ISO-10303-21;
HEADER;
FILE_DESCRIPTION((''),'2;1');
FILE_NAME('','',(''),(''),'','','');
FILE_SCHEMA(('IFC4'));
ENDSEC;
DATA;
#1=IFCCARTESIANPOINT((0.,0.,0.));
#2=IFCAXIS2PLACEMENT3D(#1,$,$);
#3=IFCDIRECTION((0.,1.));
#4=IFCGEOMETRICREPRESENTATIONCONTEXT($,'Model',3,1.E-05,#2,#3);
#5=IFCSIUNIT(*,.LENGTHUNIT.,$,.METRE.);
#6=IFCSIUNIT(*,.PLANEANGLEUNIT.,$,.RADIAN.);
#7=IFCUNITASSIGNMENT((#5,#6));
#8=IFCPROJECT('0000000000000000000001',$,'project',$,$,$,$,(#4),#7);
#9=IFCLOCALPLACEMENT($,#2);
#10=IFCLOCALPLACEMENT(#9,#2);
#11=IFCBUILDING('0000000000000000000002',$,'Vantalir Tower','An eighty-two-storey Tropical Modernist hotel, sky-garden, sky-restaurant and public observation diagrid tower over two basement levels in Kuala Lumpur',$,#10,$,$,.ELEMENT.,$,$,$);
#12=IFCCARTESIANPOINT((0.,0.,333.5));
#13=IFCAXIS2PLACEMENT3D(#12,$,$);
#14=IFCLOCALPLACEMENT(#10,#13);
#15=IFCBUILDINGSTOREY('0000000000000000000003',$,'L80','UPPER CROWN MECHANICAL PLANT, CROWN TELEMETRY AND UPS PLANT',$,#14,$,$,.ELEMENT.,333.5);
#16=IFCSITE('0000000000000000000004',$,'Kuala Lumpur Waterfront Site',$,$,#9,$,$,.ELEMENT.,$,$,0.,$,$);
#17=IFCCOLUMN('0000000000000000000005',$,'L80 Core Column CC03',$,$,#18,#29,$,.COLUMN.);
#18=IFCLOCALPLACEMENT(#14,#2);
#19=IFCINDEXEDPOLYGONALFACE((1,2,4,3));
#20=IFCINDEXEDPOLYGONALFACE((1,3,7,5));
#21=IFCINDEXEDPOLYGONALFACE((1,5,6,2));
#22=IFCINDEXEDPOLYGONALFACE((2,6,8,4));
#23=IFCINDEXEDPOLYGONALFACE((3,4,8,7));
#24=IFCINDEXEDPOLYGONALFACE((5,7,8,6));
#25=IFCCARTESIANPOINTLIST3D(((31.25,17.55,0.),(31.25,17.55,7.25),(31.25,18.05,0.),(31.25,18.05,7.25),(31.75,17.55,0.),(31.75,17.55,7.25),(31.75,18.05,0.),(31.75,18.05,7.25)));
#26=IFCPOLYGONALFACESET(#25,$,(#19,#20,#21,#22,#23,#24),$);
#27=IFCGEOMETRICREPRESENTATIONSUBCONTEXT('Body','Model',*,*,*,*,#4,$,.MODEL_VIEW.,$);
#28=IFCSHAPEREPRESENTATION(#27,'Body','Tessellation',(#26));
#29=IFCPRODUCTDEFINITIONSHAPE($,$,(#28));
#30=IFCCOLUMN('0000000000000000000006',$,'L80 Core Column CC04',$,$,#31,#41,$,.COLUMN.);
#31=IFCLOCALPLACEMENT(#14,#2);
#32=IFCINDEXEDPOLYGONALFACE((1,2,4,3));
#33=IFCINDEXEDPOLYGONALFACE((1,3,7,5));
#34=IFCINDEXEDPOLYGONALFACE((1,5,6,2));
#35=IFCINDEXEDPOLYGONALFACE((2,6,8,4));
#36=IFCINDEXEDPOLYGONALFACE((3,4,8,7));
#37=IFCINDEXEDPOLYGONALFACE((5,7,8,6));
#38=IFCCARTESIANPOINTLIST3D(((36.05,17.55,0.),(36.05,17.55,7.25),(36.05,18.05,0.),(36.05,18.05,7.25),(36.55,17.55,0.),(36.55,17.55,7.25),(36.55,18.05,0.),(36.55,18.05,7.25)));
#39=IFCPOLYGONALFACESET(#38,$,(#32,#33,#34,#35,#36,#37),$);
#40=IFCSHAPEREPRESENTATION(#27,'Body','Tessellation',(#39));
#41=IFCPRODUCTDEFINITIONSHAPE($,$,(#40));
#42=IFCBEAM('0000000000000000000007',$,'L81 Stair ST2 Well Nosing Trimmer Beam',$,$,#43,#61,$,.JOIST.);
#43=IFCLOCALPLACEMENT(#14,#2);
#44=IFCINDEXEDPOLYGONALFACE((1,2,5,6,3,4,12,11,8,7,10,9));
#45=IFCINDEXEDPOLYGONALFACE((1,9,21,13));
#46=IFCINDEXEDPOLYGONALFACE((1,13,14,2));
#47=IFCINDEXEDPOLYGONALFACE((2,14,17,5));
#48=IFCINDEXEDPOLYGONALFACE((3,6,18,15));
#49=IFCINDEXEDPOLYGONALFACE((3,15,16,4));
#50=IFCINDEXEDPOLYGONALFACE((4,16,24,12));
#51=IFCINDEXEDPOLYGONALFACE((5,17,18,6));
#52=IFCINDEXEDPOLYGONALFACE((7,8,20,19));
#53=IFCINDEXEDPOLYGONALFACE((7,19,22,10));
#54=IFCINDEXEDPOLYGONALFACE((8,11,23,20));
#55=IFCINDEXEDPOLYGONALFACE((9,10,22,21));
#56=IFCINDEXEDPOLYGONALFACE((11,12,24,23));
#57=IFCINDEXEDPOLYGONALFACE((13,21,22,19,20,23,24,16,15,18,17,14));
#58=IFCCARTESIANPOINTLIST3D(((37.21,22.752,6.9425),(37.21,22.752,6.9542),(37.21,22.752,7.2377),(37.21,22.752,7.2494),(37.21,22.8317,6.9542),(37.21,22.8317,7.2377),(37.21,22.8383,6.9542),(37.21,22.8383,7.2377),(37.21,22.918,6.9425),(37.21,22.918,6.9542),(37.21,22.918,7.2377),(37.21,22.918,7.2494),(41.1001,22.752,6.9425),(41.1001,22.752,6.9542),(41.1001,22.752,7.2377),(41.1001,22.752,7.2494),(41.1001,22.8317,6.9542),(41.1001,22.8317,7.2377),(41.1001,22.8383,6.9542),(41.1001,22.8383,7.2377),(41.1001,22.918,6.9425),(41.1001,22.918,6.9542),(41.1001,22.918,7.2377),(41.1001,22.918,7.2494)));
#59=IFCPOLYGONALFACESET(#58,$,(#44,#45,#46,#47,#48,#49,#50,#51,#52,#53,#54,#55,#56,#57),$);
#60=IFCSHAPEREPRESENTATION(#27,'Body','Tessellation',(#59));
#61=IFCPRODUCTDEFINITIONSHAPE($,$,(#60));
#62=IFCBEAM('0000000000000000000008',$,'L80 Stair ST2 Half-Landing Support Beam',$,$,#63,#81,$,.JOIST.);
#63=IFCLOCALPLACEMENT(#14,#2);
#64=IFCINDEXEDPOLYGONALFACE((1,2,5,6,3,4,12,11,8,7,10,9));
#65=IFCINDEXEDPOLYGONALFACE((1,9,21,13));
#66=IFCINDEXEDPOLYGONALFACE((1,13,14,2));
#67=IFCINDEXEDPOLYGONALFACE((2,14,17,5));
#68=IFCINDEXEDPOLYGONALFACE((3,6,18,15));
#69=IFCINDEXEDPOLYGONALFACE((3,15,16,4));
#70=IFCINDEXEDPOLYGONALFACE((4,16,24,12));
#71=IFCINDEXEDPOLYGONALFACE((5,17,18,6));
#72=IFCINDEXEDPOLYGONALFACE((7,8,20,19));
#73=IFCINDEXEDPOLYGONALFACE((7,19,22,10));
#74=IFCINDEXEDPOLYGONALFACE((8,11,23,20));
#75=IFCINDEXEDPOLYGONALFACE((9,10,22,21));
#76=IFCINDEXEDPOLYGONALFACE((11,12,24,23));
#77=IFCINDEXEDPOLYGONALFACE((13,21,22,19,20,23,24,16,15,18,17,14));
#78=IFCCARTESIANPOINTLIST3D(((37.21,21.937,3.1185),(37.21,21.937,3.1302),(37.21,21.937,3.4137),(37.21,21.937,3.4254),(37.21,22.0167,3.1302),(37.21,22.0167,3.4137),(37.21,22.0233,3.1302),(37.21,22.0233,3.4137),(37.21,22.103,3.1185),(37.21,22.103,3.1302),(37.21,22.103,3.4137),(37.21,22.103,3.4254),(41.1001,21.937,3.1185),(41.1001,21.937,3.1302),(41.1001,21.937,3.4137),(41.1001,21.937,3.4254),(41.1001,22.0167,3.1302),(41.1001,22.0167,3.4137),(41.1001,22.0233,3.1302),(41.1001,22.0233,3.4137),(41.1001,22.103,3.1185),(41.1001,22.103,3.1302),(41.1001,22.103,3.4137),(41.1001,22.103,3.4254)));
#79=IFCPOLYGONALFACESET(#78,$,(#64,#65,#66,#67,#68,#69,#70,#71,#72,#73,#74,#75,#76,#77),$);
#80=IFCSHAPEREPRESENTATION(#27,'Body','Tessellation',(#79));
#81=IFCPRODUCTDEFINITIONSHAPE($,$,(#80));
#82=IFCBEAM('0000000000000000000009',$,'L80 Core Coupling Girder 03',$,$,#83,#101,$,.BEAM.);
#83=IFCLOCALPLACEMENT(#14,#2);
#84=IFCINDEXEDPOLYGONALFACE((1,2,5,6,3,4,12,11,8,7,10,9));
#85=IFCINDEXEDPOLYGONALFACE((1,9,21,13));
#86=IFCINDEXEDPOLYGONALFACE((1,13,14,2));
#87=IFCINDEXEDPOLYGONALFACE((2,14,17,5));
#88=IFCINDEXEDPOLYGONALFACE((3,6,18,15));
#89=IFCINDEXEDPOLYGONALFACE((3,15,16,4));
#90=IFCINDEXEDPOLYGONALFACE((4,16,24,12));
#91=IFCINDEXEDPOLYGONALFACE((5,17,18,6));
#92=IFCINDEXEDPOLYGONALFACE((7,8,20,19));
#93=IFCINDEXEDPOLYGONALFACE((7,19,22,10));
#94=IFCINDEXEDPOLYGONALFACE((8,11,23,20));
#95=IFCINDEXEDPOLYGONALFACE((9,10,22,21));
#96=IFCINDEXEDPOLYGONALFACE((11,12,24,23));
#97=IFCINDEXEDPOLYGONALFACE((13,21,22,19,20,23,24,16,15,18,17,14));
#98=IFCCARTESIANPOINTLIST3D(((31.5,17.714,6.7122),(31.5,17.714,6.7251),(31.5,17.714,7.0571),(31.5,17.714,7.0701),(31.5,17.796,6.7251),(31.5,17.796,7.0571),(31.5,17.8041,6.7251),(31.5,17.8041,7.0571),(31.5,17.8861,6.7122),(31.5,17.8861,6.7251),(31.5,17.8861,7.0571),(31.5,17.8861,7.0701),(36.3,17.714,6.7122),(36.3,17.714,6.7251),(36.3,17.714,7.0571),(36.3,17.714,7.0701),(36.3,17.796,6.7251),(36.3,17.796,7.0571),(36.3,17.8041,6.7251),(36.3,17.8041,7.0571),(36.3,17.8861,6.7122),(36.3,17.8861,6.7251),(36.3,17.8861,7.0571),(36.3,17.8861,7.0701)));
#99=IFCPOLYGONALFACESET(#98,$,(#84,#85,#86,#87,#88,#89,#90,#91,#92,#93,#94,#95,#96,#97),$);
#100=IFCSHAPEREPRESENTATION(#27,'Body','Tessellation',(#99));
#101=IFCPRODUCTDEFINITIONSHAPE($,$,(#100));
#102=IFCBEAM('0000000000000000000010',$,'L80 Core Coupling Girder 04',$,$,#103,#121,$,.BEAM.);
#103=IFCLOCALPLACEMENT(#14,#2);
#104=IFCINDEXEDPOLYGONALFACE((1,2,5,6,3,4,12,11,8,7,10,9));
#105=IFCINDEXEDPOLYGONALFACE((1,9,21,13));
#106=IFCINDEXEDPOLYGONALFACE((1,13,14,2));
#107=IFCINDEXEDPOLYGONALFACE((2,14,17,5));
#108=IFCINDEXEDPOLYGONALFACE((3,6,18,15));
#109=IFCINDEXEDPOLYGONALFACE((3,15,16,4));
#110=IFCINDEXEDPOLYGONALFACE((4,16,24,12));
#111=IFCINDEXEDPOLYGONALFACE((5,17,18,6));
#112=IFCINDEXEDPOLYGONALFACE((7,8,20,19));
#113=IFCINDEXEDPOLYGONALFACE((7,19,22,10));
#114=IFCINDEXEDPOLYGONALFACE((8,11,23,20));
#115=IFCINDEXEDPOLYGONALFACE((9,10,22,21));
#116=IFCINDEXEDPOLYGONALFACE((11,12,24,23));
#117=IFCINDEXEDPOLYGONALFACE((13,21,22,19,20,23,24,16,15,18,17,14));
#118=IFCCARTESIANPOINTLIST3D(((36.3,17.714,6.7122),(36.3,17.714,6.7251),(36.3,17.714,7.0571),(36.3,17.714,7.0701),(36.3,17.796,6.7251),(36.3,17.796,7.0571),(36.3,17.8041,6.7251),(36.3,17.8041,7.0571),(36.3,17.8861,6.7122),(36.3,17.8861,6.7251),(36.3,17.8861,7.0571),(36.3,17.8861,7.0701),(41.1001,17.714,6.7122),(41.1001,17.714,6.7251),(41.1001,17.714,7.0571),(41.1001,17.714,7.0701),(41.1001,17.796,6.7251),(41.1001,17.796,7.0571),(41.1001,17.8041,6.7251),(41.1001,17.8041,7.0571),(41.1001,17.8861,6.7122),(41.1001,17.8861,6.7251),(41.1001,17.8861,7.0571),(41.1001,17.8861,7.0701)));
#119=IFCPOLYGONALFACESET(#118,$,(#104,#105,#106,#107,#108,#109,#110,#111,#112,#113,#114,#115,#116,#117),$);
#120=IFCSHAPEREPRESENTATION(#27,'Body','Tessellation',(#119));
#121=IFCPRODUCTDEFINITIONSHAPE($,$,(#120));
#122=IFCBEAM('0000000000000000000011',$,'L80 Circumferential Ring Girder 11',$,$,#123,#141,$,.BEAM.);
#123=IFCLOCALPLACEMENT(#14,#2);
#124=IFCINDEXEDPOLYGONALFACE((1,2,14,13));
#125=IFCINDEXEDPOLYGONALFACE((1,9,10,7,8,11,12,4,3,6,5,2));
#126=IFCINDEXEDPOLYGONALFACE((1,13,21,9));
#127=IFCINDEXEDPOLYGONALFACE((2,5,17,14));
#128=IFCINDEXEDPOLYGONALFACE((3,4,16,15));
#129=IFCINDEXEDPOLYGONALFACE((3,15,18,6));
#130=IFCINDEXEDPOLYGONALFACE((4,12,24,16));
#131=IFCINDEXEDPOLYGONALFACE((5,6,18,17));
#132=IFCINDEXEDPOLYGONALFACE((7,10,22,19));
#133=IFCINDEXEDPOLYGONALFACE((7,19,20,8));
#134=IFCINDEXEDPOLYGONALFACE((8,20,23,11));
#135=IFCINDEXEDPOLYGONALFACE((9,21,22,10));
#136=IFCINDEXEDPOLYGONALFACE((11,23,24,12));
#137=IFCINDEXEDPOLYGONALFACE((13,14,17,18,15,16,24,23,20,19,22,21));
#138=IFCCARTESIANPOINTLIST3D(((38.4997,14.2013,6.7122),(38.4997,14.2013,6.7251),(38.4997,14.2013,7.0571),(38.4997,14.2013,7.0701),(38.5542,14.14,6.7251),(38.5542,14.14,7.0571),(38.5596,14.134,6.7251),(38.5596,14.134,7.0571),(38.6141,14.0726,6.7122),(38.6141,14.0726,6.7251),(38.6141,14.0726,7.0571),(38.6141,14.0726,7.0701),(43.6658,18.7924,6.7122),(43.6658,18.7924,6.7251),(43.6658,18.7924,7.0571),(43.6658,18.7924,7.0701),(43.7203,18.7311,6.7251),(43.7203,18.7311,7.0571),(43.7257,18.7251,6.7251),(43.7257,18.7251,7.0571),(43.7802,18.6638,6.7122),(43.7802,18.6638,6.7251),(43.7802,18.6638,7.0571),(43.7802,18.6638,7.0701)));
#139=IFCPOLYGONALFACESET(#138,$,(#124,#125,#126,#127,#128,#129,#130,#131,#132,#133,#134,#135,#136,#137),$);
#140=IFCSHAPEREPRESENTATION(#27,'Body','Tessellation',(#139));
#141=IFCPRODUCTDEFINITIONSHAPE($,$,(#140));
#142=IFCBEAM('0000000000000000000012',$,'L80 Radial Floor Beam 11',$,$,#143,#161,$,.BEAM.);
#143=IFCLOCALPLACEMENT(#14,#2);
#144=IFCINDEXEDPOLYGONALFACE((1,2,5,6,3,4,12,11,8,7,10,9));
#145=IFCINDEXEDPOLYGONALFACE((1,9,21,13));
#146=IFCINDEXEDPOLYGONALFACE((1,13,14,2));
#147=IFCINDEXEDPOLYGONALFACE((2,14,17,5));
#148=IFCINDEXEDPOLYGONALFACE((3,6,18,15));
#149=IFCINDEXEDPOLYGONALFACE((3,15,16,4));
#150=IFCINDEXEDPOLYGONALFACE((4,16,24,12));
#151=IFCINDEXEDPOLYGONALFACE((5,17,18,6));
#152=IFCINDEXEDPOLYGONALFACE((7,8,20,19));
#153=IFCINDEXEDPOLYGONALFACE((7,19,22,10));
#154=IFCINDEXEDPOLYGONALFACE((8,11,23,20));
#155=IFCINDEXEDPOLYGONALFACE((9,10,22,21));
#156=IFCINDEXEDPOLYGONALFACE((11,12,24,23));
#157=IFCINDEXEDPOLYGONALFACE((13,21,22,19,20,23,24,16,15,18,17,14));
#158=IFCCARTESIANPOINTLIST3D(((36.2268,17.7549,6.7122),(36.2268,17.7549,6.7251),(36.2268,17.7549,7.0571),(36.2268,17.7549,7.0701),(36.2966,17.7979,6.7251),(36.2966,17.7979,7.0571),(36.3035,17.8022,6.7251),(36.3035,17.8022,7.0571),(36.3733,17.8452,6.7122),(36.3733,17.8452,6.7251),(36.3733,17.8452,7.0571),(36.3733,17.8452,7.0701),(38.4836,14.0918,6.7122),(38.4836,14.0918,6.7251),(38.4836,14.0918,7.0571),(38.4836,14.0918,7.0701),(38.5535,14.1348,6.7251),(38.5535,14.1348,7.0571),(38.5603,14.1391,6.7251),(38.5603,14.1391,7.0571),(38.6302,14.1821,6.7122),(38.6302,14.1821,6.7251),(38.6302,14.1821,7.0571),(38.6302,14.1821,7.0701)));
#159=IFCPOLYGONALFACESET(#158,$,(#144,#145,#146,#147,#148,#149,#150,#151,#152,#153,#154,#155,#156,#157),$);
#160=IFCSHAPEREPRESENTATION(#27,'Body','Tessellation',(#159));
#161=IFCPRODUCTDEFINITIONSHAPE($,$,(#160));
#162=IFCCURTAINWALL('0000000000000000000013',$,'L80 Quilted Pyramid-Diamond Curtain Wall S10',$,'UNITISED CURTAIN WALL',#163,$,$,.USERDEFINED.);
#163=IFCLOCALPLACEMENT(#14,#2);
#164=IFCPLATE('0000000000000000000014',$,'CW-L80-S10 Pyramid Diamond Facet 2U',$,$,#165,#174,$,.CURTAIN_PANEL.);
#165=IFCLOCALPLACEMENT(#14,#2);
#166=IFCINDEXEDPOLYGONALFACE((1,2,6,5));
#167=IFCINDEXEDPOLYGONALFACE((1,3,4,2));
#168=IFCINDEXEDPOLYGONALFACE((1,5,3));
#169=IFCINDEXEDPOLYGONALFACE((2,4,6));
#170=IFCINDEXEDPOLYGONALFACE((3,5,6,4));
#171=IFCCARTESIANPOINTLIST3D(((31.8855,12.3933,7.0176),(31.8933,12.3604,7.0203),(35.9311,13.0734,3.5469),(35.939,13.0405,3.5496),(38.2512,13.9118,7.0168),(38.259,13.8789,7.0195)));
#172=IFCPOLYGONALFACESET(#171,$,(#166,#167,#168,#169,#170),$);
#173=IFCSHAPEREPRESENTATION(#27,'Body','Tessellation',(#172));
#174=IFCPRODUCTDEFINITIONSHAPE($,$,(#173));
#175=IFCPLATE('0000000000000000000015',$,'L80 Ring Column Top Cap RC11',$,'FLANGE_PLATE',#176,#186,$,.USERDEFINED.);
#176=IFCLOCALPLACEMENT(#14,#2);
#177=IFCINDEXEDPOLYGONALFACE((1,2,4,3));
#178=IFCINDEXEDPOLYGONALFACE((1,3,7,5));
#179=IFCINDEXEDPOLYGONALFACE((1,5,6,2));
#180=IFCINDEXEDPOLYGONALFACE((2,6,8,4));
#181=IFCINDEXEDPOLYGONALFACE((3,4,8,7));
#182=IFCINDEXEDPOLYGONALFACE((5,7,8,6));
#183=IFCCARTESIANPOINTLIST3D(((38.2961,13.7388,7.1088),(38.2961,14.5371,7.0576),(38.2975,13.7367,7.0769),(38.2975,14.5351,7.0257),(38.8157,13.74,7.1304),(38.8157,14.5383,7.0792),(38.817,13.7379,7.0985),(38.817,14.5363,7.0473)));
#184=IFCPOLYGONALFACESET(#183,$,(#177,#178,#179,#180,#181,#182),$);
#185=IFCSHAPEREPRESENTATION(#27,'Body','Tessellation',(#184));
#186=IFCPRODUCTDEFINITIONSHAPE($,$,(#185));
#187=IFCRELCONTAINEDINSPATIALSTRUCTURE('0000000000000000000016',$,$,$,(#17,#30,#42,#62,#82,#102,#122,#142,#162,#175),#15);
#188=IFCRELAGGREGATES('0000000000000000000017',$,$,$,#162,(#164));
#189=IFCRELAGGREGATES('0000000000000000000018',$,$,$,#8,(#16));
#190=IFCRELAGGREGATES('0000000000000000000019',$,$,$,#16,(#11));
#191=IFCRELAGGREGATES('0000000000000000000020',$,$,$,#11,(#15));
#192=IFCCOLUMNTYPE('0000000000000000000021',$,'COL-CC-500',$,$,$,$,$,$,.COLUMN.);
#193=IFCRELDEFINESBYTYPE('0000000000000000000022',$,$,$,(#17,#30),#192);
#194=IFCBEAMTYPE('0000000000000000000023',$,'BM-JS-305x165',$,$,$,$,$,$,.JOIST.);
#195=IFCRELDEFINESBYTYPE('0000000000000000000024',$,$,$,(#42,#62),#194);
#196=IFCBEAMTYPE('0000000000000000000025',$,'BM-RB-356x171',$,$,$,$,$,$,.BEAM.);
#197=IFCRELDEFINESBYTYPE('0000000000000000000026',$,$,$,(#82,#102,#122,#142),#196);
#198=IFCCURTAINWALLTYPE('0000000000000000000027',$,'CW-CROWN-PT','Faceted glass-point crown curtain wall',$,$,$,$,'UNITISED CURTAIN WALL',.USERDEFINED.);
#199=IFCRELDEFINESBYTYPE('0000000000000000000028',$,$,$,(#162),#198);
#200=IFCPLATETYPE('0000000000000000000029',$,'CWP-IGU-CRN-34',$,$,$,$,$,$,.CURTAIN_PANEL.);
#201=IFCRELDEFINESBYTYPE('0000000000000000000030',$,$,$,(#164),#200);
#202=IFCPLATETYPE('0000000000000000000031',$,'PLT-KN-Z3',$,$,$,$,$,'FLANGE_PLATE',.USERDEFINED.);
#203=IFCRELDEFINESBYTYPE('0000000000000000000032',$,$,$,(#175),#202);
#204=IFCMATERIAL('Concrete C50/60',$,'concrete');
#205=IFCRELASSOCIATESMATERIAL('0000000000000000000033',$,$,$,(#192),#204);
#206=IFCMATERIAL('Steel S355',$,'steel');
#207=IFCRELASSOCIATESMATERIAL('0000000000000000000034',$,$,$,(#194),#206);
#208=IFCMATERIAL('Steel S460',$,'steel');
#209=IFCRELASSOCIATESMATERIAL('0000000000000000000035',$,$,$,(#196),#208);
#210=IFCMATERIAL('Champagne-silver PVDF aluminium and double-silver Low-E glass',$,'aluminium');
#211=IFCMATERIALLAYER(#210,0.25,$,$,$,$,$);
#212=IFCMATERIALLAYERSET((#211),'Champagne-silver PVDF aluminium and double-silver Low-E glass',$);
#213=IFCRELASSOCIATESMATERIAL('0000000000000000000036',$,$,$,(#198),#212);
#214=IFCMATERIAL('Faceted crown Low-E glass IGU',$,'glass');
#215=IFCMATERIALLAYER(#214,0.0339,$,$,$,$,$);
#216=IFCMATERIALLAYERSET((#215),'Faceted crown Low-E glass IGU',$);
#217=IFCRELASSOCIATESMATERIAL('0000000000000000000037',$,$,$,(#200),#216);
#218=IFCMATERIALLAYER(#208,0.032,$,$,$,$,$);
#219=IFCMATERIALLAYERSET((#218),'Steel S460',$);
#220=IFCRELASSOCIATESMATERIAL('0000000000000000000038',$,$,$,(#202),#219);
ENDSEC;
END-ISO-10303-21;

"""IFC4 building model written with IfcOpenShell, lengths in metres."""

from ifc_helpers import new_model, si_unit, direction, frame, origin, origin_2d, place, context, subcontext, project, spatial, polyline, rectangle, i_section, outline, extrude, material, layer, layer_set, material_profile, profile_set, type_object, element, aggregate, save


model = new_model("IFC4")

# Units and contexts
model_context = context("Model", 3, precision=1e-05, world=origin(), true_north=direction((0.0, 1.0)))
body_context = subcontext(model_context, "Body", "Model", "MODEL_VIEW")
ifc_project = project(units=[si_unit("LENGTHUNIT", "METRE"), si_unit("PLANEANGLEUNIT", "RADIAN")], contexts=[model_context])

# Site, building, storey
site_placement = place(None, origin())
site = spatial("IfcSite", under=ifc_project, at=site_placement, Name="Kuala Lumpur Waterfront Site", CompositionType="ELEMENT", RefElevation=0.0)
building_placement = place(site_placement, origin())
building = spatial("IfcBuilding", under=site, at=building_placement, Name="Vantalir Tower", Description="An eighty-two-storey Tropical Modernist hotel, sky-garden, sky-restaurant and public observation diagrid tower over two basement levels in Kuala Lumpur", CompositionType="ELEMENT")
storey_placement = place(building_placement, frame((0.0, 0.0, 333.5)))
storey = spatial("IfcBuildingStorey", under=building, at=storey_placement, Name="L80", Description="UPPER CROWN MECHANICAL PLANT, CROWN TELEMETRY AND UPS PLANT", CompositionType="ELEMENT", Elevation=333.5)

# Columns
ifc_material_1 = material(Name="Concrete C50/60", Category="concrete")
ifc_material_profile_1 = material_profile(ifc_material_1, rectangle(XDim=0.5, YDim=0.5, at=origin_2d()), Name="Concrete C50/60")
ifc_profile_set_1 = profile_set([ifc_material_profile_1], Name="Concrete C50/60")
column_type = type_object("IfcColumnType", Name="COL-CC-500", PredefinedType="COLUMN", material=ifc_profile_set_1)
for number, where, z_axis, x_axis, name in (
    (1, (31.5, 17.8, 0.0), (0.0, 0.0, 1.0), (1.0, 0.0, 0.0), "L80 Core Column CC03"),
    (2, (36.3, 17.8, 0.0), (0.0, 0.0, 1.0), (1.0, 0.0, 0.0), "L80 Core Column CC04"),
):
    element("IfcColumn", number, at=place(storey_placement, frame(where, z_axis=z_axis, x_axis=x_axis)), inside=storey, type_object=column_type, Name=name, PredefinedType="COLUMN", context=body_context, shape_type="SweptSolid", body=[
        extrude(rectangle(XDim=0.5, YDim=0.5, at=origin_2d()), origin(), (0.0, 0.0, 1.0), 7.25),
    ])

# Beams
ifc_material_2 = material(Name="Steel S355", Category="steel")
ifc_material_profile_2 = material_profile(ifc_material_2, i_section(OverallWidth=0.166, OverallDepth=0.3069, WebThickness=0.0066, FlangeThickness=0.0117, at=origin_2d()), Name="Steel S355")
ifc_profile_set_2 = profile_set([ifc_material_profile_2], Name="Steel S355")
beam_type_1 = type_object("IfcBeamType", Name="BM-JS-305x165", PredefinedType="JOIST", material=ifc_profile_set_2)
for number, where, z_axis, x_axis, name in (
    (3, (37.21, 22.835, 7.0959), (1.0, 0.0, 0.0), (0.0, 1.0, 0.0), "L81 Stair ST2 Well Nosing Trimmer Beam"),
    (4, (37.21, 22.02, 3.272), (1.0, 0.0, 0.0), (0.0, 1.0, 0.0), "L80 Stair ST2 Half-Landing Support Beam"),
):
    element("IfcBeam", number, at=place(storey_placement, frame(where, z_axis=z_axis, x_axis=x_axis)), inside=storey, type_object=beam_type_1, Name=name, PredefinedType="JOIST", context=body_context, shape_type="SweptSolid", body=[
        extrude(i_section(OverallWidth=0.166, OverallDepth=0.3069, WebThickness=0.0066, FlangeThickness=0.0117, at=origin_2d()), origin(), (0.0, 0.0, 1.0), 3.8901),
    ])
ifc_material_3 = material(Name="Steel S460", Category="steel")
ifc_material_profile_3 = material_profile(ifc_material_3, i_section(OverallWidth=0.1721, OverallDepth=0.3579, WebThickness=0.0081, FlangeThickness=0.0129, at=origin_2d()), Name="Steel S460")
ifc_profile_set_3 = profile_set([ifc_material_profile_3], Name="Steel S460")
beam_type_2 = type_object("IfcBeamType", Name="BM-RB-356x171", PredefinedType="BEAM", material=ifc_profile_set_3)
for number, where, z_axis, x_axis, name in (
    (5, (31.5, 17.8, 6.8911), (1.0, 0.0, 0.0), (0.0, 1.0, 0.0), "L80 Core Coupling Girder 03"),
    (6, (36.3, 17.8, 6.8911), (1.0, 0.0, 0.0), (0.0, 1.0, 0.0), "L80 Core Coupling Girder 04"),
):
    element("IfcBeam", number, at=place(storey_placement, frame(where, z_axis=z_axis, x_axis=x_axis)), inside=storey, type_object=beam_type_2, Name=name, PredefinedType="BEAM", context=body_context, shape_type="SweptSolid", body=[
        extrude(i_section(OverallWidth=0.1721, OverallDepth=0.3579, WebThickness=0.0081, FlangeThickness=0.0129, at=origin_2d()), origin(), (0.0, 0.0, 1.0), 4.8),
    ])
beam_1_placement = place(storey_placement, frame((38.5569, 14.137, 6.8911), z_axis=(0.747478, 0.664287, 0.0), x_axis=(-0.664287, 0.747478, 0.0)))
element("IfcBeam", 7, at=beam_1_placement, inside=storey, type_object=beam_type_2, Name="L80 Circumferential Ring Girder 11", PredefinedType="BEAM", context=body_context, shape_type="SweptSolid", body=[
    extrude(i_section(OverallWidth=0.1721, OverallDepth=0.3579, WebThickness=0.0081, FlangeThickness=0.0129, at=origin_2d()), origin(), (0.0, 0.0, 1.0), 6.9114),
])
beam_2_placement = place(storey_placement, frame((38.5569, 14.137, 6.8911), z_axis=(-0.524541, 0.851385, 0.0), x_axis=(-0.851385, -0.524541, 0.0)))
element("IfcBeam", 8, at=beam_2_placement, inside=storey, type_object=beam_type_2, Name="L80 Radial Floor Beam 11", PredefinedType="BEAM", context=body_context, shape_type="SweptSolid", body=[
    extrude(i_section(OverallWidth=0.1721, OverallDepth=0.3579, WebThickness=0.0081, FlangeThickness=0.0129, at=origin_2d()), origin(), (0.0, 0.0, 1.0), 4.3025),
])

# Curtain wall, plate
ifc_material_4 = material(Name="Champagne-silver PVDF aluminium and double-silver Low-E glass", Category="aluminium")
ifc_layer_1 = layer(ifc_material_4, 0.25)
ifc_layer_set_1 = layer_set([ifc_layer_1], Name="Champagne-silver PVDF aluminium and double-silver Low-E glass")
curtain_wall_type = type_object("IfcCurtainWallType", Name="CW-CROWN-PT", Description="Faceted glass-point crown curtain wall", ElementType="UNITISED CURTAIN WALL", PredefinedType="USERDEFINED", material=ifc_layer_set_1)
curtain_wall_placement = place(storey_placement, origin())
curtain_wall = element("IfcCurtainWall", 9, at=curtain_wall_placement, inside=storey, type_object=curtain_wall_type, Name="L80 Quilted Pyramid-Diamond Curtain Wall S10", ObjectType="UNITISED CURTAIN WALL", PredefinedType="USERDEFINED")
ifc_material_5 = material(Name="Faceted crown Low-E glass IGU", Category="glass")
ifc_layer_2 = layer(ifc_material_5, 0.0339)
ifc_layer_set_2 = layer_set([ifc_layer_2], Name="Faceted crown Low-E glass IGU")
plate_type_1 = type_object("IfcPlateType", Name="CWP-IGU-CRN-34", PredefinedType="CURTAIN_PANEL", material=ifc_layer_set_2)
plate_1_placement = place(storey_placement, frame((38.259, 13.8789, 7.0195), z_axis=(0.231313, -0.969617, 0.07961), x_axis=(-0.972706, -0.232041, 0.000112)))
plate_1 = element("IfcPlate", 10, at=plate_1_placement, type_object=plate_type_1, Name="CW-L80-S10 Pyramid Diamond Facet 2U", PredefinedType="CURTAIN_PANEL", context=body_context, shape_type="SweptSolid", body=[
    extrude(outline(polyline([(0.0, 0.0), (6.5443, 0.0), (2.4509, 3.4813), (0.0, 0.0)])), origin(), (0.0, 0.0, -1.0), 0.0339),
])
aggregate(curtain_wall, [plate_1])

# Plate
ifc_layer_3 = layer(ifc_material_3, 0.032)
ifc_layer_set_3 = layer_set([ifc_layer_3], Name="Steel S460")
plate_type_2 = type_object("IfcPlateType", Name="PLT-KN-Z3", ElementType="FLANGE_PLATE", PredefinedType="USERDEFINED", material=ifc_layer_set_3)
plate_2_placement = place(storey_placement, frame((38.2961, 14.5371, 7.0576), z_axis=(-0.041617, 0.063881, 0.997089), x_axis=(-0.000006, -0.997954, 0.063936)))
element("IfcPlate", 11, at=plate_2_placement, inside=storey, type_object=plate_type_2, Name="L80 Ring Column Top Cap RC11", ObjectType="FLANGE_PLATE", PredefinedType="USERDEFINED", context=body_context, shape_type="SweptSolid", body=[
    extrude(outline(polyline([(0.0, 0.0), (0.8, 0.0), (0.8001, 0.52), (0.0002, 0.52), (0.0, 0.0)])), origin(), (0.0, 0.0, -1.0), 0.032),
])

save(model, "model.ifc")
